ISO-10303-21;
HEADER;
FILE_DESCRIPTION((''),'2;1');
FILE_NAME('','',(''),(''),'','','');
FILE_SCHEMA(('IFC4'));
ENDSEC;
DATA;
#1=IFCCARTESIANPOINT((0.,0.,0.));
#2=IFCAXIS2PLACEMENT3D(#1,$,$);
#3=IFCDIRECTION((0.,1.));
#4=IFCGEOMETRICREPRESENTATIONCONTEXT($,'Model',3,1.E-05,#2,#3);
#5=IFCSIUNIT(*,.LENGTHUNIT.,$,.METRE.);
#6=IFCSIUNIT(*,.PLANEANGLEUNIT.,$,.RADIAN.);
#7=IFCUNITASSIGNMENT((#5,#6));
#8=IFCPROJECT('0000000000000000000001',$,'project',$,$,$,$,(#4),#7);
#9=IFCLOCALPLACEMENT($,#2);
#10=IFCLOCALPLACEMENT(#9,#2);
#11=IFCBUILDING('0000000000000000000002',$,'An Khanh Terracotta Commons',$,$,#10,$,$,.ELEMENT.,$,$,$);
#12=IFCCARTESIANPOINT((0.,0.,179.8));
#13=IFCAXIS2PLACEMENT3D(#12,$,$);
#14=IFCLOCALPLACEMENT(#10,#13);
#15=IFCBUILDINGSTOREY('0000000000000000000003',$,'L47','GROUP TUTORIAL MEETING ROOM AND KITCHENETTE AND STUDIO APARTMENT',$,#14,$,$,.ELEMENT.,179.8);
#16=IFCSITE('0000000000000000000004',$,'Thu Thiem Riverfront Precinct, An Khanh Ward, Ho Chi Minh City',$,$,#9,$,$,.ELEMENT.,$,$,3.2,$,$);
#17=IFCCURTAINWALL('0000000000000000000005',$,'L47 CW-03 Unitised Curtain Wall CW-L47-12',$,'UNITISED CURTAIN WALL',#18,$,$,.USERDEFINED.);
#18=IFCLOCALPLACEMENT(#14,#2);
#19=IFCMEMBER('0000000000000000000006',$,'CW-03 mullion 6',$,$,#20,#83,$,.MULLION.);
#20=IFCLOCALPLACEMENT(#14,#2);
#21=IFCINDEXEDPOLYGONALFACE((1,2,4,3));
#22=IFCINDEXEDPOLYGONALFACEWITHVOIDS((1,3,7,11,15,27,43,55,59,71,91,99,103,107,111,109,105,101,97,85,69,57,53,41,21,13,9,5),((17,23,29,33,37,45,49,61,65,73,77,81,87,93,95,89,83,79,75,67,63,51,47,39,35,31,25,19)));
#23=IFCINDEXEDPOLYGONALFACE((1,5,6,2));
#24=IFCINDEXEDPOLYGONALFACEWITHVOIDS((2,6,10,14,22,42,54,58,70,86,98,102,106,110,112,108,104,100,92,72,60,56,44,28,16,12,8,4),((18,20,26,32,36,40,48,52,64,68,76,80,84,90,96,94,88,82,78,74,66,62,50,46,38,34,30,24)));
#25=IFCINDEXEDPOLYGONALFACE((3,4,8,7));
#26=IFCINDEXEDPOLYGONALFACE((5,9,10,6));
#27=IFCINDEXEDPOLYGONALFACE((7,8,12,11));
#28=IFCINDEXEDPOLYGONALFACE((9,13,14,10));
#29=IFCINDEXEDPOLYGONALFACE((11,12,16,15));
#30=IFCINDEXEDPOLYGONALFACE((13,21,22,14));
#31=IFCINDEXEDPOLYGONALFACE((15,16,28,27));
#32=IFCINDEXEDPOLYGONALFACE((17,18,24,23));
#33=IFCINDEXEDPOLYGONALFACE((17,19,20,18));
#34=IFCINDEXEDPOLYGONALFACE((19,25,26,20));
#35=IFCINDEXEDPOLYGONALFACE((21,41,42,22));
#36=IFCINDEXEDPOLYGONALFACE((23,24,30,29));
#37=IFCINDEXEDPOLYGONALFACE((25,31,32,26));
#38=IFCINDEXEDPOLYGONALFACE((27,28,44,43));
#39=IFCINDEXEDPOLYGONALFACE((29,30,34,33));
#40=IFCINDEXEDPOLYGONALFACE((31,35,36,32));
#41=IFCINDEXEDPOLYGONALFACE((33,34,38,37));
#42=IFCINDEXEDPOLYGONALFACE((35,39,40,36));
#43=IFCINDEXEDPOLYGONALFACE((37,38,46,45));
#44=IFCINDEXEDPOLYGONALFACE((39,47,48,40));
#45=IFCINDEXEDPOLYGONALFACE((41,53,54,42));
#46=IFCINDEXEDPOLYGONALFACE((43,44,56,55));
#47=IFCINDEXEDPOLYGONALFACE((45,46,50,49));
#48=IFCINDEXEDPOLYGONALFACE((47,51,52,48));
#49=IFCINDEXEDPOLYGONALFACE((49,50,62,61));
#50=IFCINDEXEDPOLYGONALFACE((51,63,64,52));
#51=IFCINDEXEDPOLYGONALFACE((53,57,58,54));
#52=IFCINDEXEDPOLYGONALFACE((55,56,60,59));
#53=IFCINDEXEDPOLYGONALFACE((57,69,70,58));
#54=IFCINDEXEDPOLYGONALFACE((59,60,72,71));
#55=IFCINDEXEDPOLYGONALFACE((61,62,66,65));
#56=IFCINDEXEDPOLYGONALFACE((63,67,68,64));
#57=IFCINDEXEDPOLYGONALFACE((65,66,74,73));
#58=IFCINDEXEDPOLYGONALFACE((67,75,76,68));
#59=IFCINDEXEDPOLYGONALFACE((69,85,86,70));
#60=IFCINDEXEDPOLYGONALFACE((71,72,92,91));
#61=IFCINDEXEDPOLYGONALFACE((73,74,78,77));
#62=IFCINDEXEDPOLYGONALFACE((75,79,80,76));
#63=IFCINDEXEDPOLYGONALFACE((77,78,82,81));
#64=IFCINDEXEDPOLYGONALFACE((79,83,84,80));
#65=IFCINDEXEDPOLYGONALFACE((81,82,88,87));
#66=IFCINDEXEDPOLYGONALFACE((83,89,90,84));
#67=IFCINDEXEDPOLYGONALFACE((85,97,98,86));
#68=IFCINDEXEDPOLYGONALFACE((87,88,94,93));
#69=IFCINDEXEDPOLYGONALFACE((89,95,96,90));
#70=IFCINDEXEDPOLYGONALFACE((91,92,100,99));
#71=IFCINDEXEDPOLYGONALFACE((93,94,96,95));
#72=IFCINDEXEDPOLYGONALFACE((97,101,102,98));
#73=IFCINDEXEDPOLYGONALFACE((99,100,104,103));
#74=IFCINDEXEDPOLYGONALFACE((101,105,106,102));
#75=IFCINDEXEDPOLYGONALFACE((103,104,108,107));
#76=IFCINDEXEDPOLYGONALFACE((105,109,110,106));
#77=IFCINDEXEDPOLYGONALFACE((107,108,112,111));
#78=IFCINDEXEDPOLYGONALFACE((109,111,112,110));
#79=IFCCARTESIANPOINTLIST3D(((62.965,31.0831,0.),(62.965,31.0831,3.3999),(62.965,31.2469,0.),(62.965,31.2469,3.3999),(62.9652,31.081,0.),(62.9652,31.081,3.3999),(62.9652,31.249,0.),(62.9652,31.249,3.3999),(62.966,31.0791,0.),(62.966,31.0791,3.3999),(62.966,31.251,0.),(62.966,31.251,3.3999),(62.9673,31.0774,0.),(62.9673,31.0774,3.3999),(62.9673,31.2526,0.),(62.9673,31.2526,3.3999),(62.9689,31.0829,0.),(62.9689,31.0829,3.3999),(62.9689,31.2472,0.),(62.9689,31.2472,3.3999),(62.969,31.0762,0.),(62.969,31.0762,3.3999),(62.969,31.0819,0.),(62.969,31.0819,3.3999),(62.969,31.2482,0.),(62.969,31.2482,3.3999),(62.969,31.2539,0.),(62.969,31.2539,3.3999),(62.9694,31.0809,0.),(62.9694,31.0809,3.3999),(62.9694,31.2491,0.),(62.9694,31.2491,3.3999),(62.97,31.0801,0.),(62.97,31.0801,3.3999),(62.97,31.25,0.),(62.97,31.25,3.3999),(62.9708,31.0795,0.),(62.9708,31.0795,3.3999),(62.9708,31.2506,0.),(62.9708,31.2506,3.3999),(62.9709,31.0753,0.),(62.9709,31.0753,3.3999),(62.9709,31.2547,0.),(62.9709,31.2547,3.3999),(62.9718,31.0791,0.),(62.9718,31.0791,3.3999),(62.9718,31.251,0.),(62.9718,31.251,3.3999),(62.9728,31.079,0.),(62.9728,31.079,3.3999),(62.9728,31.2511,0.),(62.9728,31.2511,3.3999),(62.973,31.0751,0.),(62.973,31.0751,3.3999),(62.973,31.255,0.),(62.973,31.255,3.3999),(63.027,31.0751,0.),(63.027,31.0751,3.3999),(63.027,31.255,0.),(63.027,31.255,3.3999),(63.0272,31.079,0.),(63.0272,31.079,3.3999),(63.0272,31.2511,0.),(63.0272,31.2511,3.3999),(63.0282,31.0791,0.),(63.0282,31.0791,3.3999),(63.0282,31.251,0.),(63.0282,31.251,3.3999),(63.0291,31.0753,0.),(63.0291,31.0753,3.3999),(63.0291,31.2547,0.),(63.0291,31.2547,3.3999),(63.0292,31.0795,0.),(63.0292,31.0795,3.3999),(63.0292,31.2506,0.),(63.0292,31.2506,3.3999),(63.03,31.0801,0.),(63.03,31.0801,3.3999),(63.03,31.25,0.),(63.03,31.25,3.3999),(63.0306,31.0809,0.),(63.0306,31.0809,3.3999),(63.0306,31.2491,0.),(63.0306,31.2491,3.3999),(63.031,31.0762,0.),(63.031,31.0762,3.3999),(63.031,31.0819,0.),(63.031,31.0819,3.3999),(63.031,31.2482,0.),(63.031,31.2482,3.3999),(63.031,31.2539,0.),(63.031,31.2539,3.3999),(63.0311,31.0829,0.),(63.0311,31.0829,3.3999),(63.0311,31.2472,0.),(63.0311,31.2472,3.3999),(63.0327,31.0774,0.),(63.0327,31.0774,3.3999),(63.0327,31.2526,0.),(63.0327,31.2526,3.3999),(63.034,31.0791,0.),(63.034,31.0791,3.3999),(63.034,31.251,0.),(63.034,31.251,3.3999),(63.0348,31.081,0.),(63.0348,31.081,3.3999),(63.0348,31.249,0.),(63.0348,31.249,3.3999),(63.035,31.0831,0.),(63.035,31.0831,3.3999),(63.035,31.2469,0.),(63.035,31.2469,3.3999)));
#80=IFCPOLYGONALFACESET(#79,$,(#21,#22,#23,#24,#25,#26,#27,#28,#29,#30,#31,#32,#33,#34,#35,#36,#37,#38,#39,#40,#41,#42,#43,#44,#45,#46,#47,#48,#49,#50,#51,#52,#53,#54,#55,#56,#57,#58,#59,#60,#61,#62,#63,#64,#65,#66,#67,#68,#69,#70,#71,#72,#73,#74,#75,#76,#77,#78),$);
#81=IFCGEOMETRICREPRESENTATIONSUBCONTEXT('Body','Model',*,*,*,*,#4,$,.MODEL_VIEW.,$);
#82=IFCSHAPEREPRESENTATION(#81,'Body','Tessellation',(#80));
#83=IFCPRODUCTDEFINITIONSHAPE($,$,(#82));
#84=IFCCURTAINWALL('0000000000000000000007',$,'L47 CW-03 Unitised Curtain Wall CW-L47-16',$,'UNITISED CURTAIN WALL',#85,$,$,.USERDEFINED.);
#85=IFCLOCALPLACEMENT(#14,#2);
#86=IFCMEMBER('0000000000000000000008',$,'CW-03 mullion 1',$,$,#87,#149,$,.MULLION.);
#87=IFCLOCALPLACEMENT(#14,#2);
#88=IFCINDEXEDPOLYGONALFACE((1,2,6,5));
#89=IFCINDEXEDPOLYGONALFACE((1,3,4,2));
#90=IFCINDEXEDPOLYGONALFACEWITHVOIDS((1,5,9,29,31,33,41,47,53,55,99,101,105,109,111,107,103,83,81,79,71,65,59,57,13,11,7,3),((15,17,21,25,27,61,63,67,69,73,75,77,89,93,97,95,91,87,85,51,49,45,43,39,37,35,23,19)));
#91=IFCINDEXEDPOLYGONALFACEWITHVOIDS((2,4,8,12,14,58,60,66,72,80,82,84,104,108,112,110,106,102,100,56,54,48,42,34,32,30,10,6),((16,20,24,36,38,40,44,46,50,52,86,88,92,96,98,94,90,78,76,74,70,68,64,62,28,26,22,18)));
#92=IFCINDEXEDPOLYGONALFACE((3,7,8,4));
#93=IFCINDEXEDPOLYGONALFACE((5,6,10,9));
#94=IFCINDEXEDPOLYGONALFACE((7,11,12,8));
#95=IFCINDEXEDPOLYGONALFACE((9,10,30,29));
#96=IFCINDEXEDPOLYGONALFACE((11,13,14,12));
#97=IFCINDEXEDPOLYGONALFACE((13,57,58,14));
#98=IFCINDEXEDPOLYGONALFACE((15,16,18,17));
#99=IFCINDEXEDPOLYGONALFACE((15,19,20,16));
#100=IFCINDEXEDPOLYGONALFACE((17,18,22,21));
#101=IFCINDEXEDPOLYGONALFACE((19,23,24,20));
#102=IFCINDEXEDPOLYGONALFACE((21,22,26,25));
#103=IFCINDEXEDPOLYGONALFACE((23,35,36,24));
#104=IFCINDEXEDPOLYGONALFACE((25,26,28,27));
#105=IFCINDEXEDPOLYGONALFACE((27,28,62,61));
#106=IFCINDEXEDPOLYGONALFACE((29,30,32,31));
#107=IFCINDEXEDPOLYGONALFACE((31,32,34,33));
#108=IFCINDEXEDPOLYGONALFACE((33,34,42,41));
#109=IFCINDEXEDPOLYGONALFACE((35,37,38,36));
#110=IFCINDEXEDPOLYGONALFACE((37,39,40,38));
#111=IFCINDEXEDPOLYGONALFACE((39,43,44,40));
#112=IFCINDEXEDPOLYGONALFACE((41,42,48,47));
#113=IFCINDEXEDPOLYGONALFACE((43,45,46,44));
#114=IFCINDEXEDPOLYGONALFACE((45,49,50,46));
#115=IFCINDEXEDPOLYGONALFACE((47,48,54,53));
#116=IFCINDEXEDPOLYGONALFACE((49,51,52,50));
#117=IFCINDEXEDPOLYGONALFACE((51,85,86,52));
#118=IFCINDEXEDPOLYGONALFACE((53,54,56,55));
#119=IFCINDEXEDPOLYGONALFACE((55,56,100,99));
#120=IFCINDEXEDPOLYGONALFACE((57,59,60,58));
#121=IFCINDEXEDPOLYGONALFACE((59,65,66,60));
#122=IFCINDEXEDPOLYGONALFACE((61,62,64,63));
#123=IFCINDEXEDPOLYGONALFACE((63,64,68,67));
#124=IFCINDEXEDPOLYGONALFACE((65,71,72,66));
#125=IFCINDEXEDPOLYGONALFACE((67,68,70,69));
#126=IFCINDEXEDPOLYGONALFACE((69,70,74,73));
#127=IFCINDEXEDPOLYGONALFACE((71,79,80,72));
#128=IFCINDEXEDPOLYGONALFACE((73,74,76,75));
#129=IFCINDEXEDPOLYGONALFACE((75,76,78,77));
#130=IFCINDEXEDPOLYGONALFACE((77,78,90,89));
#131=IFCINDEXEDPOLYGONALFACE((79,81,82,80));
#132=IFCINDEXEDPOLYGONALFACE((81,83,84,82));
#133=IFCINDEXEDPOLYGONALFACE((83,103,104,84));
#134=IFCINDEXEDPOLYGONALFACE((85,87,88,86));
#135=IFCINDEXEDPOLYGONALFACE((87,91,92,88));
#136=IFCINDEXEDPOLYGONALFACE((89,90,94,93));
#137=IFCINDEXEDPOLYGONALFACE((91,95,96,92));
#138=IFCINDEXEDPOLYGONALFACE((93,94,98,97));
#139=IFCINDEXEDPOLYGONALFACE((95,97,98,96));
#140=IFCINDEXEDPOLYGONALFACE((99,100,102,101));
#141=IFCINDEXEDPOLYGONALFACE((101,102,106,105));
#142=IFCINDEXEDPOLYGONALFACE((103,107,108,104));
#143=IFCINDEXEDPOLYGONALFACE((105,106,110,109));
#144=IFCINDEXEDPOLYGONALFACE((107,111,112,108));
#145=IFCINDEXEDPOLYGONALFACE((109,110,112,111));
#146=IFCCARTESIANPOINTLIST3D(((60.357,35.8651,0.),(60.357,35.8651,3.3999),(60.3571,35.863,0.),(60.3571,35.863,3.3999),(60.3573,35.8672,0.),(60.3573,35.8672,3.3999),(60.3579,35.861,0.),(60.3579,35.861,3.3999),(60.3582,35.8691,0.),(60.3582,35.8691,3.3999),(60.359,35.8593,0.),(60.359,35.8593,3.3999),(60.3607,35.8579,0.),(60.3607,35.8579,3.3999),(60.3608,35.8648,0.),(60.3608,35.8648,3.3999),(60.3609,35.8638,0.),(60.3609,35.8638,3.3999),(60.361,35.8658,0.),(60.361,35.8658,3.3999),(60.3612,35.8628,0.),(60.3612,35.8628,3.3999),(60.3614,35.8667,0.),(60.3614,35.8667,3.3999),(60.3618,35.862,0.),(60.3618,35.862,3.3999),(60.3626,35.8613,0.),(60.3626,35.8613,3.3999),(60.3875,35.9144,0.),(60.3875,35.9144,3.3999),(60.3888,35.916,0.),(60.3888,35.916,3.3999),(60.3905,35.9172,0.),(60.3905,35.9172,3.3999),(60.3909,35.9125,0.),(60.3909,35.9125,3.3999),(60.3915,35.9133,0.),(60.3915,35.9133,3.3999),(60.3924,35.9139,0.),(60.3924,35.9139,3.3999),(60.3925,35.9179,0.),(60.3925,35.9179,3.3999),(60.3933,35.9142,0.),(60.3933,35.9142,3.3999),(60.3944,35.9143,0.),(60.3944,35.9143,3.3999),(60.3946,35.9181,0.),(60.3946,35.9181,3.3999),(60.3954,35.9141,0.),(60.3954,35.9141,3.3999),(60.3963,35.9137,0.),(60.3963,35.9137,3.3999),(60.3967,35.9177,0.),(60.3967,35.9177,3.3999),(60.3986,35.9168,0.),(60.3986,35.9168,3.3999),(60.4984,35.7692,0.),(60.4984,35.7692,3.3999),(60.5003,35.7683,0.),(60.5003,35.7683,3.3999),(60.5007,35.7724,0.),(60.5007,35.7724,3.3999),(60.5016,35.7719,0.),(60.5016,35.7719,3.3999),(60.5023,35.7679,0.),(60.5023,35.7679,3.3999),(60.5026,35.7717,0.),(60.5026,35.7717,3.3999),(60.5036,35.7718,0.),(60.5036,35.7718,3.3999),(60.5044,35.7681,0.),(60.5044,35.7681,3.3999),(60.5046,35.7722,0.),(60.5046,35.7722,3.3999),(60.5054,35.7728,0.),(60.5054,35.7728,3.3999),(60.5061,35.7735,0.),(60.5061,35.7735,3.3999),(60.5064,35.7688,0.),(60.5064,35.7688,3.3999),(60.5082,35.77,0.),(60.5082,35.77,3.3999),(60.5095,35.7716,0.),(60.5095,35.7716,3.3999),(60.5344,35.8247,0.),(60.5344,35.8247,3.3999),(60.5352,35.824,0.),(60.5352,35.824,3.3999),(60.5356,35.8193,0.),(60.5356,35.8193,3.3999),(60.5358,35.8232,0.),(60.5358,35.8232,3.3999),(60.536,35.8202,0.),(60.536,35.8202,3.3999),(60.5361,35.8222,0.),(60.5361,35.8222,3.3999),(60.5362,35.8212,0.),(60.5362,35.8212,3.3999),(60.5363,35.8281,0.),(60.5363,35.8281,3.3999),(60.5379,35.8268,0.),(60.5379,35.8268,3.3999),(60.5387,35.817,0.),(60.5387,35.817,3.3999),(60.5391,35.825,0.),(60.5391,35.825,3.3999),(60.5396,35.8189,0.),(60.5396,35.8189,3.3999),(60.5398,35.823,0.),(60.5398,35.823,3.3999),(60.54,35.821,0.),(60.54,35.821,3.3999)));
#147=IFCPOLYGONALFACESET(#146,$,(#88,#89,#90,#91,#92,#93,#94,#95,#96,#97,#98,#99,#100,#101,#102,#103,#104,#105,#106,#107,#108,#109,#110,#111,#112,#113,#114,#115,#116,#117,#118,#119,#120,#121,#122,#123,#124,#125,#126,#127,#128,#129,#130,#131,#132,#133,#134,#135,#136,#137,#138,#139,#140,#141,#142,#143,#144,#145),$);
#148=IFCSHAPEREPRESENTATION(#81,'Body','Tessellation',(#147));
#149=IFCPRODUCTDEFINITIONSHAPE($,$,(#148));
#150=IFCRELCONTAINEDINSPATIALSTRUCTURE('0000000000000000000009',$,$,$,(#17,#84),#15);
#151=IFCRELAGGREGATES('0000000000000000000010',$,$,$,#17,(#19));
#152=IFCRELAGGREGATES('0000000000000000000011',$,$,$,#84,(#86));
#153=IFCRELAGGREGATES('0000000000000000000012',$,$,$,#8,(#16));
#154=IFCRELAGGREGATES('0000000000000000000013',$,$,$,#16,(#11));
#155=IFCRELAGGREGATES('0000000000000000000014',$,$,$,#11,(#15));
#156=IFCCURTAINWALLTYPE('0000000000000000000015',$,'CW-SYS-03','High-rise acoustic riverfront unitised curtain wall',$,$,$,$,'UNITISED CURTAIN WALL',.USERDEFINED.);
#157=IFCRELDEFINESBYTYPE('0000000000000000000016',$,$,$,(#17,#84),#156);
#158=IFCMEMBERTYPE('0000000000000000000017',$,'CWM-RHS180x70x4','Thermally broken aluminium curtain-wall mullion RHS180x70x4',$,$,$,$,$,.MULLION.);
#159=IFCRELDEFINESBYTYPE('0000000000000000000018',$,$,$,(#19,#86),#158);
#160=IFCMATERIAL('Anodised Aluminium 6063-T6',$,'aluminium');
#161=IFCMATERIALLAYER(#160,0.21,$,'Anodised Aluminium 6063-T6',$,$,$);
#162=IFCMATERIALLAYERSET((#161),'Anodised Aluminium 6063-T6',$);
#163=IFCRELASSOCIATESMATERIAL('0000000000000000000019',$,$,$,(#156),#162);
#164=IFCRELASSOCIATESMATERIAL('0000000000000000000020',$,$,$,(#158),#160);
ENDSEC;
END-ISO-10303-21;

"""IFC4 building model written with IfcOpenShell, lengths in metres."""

from ifc_helpers import new_model, si_unit, direction, frame, origin, origin_2d, place, context, subcontext, project, spatial, hollow_rectangle, extrude, material, layer, layer_set, material_profile, profile_set, type_object, element, aggregate, save


model = new_model("IFC4")

# Units and contexts
model_context = context("Model", 3, precision=1e-05, world=origin(), true_north=direction((0.0, 1.0)))
body_context = subcontext(model_context, "Body", "Model", "MODEL_VIEW")
ifc_project = project(units=[si_unit("LENGTHUNIT", "METRE"), si_unit("PLANEANGLEUNIT", "RADIAN")], contexts=[model_context])

# Site, building, storey
site_placement = place(None, origin())
site = spatial("IfcSite", under=ifc_project, at=site_placement, Name="Thu Thiem Riverfront Precinct, An Khanh Ward, Ho Chi Minh City", CompositionType="ELEMENT", RefElevation=3.2)
building_placement = place(site_placement, origin())
building = spatial("IfcBuilding", under=site, at=building_placement, Name="An Khanh Terracotta Commons", CompositionType="ELEMENT")
storey_placement = place(building_placement, frame((0.0, 0.0, 179.8)))
storey = spatial("IfcBuildingStorey", under=building, at=storey_placement, Name="L47", Description="GROUP TUTORIAL MEETING ROOM AND KITCHENETTE AND STUDIO APARTMENT", CompositionType="ELEMENT", Elevation=179.8)

# Curtain walls, members
ifc_material_1 = material(Name="Anodised Aluminium 6063-T6", Category="aluminium")
ifc_layer_1 = layer(ifc_material_1, 0.21, Name="Anodised Aluminium 6063-T6")
ifc_layer_set_1 = layer_set([ifc_layer_1], Name="Anodised Aluminium 6063-T6")
curtain_wall_type = type_object("IfcCurtainWallType", Name="CW-SYS-03", Description="High-rise acoustic riverfront unitised curtain wall", ElementType="UNITISED CURTAIN WALL", PredefinedType="USERDEFINED", material=ifc_layer_set_1)
curtain_wall_1_placement = place(storey_placement, origin())
curtain_wall_1 = element("IfcCurtainWall", 1, at=curtain_wall_1_placement, inside=storey, type_object=curtain_wall_type, Name="L47 CW-03 Unitised Curtain Wall CW-L47-12", ObjectType="UNITISED CURTAIN WALL", PredefinedType="USERDEFINED")
ifc_material_profile_1 = material_profile(ifc_material_1, hollow_rectangle(XDim=0.0701, YDim=0.1799, WallThickness=0.0039, InnerFilletRadius=0.0039, OuterFilletRadius=0.0081, at=origin_2d()), Name="RHS180x70x4")
ifc_profile_set_1 = profile_set([ifc_material_profile_1], Name="Anodised Aluminium 6063-T6")
member_type_1 = type_object("IfcMemberType", Name="CWM-RHS180x70x4", Description="Thermally broken aluminium curtain-wall mullion RHS180x70x4", PredefinedType="MULLION", material=ifc_profile_set_1)
member_1_placement = place(storey_placement, frame((63.0, 31.165, 0.0), z_axis=(0.0, 0.0, 1.0), x_axis=(-1.0, 0.0, 0.0)))
member_1 = element("IfcMember", 2, at=member_1_placement, type_object=member_type_1, Name="CW-03 mullion 6", PredefinedType="MULLION", context=body_context, shape_type="SweptSolid", body=[
    extrude(hollow_rectangle(XDim=0.0701, YDim=0.1799, WallThickness=0.0039, InnerFilletRadius=0.0039, OuterFilletRadius=0.0081, at=origin_2d()), origin(), (0.0, 0.0, 1.0), 3.3999),
])
curtain_wall_2_placement = place(storey_placement, origin())
curtain_wall_2 = element("IfcCurtainWall", 3, at=curtain_wall_2_placement, inside=storey, type_object=curtain_wall_type, Name="L47 CW-03 Unitised Curtain Wall CW-L47-16", ObjectType="UNITISED CURTAIN WALL", PredefinedType="USERDEFINED")
member_2_placement = place(storey_placement, frame((60.4485, 35.843, 0.0), z_axis=(0.0, 0.0, 1.0), x_axis=(-0.541498, -0.840702, 0.0)))
member_2 = element("IfcMember", 4, at=member_2_placement, type_object=member_type_1, Name="CW-03 mullion 1", PredefinedType="MULLION", context=body_context, shape_type="SweptSolid", body=[
    extrude(hollow_rectangle(XDim=0.0701, YDim=0.1799, WallThickness=0.0039, InnerFilletRadius=0.0039, OuterFilletRadius=0.0081, at=origin_2d()), origin(), (0.0, 0.0, 1.0), 3.3999),
])

aggregate(curtain_wall_1, [member_1])
aggregate(curtain_wall_2, [member_2])

save(model, "model.ifc")
